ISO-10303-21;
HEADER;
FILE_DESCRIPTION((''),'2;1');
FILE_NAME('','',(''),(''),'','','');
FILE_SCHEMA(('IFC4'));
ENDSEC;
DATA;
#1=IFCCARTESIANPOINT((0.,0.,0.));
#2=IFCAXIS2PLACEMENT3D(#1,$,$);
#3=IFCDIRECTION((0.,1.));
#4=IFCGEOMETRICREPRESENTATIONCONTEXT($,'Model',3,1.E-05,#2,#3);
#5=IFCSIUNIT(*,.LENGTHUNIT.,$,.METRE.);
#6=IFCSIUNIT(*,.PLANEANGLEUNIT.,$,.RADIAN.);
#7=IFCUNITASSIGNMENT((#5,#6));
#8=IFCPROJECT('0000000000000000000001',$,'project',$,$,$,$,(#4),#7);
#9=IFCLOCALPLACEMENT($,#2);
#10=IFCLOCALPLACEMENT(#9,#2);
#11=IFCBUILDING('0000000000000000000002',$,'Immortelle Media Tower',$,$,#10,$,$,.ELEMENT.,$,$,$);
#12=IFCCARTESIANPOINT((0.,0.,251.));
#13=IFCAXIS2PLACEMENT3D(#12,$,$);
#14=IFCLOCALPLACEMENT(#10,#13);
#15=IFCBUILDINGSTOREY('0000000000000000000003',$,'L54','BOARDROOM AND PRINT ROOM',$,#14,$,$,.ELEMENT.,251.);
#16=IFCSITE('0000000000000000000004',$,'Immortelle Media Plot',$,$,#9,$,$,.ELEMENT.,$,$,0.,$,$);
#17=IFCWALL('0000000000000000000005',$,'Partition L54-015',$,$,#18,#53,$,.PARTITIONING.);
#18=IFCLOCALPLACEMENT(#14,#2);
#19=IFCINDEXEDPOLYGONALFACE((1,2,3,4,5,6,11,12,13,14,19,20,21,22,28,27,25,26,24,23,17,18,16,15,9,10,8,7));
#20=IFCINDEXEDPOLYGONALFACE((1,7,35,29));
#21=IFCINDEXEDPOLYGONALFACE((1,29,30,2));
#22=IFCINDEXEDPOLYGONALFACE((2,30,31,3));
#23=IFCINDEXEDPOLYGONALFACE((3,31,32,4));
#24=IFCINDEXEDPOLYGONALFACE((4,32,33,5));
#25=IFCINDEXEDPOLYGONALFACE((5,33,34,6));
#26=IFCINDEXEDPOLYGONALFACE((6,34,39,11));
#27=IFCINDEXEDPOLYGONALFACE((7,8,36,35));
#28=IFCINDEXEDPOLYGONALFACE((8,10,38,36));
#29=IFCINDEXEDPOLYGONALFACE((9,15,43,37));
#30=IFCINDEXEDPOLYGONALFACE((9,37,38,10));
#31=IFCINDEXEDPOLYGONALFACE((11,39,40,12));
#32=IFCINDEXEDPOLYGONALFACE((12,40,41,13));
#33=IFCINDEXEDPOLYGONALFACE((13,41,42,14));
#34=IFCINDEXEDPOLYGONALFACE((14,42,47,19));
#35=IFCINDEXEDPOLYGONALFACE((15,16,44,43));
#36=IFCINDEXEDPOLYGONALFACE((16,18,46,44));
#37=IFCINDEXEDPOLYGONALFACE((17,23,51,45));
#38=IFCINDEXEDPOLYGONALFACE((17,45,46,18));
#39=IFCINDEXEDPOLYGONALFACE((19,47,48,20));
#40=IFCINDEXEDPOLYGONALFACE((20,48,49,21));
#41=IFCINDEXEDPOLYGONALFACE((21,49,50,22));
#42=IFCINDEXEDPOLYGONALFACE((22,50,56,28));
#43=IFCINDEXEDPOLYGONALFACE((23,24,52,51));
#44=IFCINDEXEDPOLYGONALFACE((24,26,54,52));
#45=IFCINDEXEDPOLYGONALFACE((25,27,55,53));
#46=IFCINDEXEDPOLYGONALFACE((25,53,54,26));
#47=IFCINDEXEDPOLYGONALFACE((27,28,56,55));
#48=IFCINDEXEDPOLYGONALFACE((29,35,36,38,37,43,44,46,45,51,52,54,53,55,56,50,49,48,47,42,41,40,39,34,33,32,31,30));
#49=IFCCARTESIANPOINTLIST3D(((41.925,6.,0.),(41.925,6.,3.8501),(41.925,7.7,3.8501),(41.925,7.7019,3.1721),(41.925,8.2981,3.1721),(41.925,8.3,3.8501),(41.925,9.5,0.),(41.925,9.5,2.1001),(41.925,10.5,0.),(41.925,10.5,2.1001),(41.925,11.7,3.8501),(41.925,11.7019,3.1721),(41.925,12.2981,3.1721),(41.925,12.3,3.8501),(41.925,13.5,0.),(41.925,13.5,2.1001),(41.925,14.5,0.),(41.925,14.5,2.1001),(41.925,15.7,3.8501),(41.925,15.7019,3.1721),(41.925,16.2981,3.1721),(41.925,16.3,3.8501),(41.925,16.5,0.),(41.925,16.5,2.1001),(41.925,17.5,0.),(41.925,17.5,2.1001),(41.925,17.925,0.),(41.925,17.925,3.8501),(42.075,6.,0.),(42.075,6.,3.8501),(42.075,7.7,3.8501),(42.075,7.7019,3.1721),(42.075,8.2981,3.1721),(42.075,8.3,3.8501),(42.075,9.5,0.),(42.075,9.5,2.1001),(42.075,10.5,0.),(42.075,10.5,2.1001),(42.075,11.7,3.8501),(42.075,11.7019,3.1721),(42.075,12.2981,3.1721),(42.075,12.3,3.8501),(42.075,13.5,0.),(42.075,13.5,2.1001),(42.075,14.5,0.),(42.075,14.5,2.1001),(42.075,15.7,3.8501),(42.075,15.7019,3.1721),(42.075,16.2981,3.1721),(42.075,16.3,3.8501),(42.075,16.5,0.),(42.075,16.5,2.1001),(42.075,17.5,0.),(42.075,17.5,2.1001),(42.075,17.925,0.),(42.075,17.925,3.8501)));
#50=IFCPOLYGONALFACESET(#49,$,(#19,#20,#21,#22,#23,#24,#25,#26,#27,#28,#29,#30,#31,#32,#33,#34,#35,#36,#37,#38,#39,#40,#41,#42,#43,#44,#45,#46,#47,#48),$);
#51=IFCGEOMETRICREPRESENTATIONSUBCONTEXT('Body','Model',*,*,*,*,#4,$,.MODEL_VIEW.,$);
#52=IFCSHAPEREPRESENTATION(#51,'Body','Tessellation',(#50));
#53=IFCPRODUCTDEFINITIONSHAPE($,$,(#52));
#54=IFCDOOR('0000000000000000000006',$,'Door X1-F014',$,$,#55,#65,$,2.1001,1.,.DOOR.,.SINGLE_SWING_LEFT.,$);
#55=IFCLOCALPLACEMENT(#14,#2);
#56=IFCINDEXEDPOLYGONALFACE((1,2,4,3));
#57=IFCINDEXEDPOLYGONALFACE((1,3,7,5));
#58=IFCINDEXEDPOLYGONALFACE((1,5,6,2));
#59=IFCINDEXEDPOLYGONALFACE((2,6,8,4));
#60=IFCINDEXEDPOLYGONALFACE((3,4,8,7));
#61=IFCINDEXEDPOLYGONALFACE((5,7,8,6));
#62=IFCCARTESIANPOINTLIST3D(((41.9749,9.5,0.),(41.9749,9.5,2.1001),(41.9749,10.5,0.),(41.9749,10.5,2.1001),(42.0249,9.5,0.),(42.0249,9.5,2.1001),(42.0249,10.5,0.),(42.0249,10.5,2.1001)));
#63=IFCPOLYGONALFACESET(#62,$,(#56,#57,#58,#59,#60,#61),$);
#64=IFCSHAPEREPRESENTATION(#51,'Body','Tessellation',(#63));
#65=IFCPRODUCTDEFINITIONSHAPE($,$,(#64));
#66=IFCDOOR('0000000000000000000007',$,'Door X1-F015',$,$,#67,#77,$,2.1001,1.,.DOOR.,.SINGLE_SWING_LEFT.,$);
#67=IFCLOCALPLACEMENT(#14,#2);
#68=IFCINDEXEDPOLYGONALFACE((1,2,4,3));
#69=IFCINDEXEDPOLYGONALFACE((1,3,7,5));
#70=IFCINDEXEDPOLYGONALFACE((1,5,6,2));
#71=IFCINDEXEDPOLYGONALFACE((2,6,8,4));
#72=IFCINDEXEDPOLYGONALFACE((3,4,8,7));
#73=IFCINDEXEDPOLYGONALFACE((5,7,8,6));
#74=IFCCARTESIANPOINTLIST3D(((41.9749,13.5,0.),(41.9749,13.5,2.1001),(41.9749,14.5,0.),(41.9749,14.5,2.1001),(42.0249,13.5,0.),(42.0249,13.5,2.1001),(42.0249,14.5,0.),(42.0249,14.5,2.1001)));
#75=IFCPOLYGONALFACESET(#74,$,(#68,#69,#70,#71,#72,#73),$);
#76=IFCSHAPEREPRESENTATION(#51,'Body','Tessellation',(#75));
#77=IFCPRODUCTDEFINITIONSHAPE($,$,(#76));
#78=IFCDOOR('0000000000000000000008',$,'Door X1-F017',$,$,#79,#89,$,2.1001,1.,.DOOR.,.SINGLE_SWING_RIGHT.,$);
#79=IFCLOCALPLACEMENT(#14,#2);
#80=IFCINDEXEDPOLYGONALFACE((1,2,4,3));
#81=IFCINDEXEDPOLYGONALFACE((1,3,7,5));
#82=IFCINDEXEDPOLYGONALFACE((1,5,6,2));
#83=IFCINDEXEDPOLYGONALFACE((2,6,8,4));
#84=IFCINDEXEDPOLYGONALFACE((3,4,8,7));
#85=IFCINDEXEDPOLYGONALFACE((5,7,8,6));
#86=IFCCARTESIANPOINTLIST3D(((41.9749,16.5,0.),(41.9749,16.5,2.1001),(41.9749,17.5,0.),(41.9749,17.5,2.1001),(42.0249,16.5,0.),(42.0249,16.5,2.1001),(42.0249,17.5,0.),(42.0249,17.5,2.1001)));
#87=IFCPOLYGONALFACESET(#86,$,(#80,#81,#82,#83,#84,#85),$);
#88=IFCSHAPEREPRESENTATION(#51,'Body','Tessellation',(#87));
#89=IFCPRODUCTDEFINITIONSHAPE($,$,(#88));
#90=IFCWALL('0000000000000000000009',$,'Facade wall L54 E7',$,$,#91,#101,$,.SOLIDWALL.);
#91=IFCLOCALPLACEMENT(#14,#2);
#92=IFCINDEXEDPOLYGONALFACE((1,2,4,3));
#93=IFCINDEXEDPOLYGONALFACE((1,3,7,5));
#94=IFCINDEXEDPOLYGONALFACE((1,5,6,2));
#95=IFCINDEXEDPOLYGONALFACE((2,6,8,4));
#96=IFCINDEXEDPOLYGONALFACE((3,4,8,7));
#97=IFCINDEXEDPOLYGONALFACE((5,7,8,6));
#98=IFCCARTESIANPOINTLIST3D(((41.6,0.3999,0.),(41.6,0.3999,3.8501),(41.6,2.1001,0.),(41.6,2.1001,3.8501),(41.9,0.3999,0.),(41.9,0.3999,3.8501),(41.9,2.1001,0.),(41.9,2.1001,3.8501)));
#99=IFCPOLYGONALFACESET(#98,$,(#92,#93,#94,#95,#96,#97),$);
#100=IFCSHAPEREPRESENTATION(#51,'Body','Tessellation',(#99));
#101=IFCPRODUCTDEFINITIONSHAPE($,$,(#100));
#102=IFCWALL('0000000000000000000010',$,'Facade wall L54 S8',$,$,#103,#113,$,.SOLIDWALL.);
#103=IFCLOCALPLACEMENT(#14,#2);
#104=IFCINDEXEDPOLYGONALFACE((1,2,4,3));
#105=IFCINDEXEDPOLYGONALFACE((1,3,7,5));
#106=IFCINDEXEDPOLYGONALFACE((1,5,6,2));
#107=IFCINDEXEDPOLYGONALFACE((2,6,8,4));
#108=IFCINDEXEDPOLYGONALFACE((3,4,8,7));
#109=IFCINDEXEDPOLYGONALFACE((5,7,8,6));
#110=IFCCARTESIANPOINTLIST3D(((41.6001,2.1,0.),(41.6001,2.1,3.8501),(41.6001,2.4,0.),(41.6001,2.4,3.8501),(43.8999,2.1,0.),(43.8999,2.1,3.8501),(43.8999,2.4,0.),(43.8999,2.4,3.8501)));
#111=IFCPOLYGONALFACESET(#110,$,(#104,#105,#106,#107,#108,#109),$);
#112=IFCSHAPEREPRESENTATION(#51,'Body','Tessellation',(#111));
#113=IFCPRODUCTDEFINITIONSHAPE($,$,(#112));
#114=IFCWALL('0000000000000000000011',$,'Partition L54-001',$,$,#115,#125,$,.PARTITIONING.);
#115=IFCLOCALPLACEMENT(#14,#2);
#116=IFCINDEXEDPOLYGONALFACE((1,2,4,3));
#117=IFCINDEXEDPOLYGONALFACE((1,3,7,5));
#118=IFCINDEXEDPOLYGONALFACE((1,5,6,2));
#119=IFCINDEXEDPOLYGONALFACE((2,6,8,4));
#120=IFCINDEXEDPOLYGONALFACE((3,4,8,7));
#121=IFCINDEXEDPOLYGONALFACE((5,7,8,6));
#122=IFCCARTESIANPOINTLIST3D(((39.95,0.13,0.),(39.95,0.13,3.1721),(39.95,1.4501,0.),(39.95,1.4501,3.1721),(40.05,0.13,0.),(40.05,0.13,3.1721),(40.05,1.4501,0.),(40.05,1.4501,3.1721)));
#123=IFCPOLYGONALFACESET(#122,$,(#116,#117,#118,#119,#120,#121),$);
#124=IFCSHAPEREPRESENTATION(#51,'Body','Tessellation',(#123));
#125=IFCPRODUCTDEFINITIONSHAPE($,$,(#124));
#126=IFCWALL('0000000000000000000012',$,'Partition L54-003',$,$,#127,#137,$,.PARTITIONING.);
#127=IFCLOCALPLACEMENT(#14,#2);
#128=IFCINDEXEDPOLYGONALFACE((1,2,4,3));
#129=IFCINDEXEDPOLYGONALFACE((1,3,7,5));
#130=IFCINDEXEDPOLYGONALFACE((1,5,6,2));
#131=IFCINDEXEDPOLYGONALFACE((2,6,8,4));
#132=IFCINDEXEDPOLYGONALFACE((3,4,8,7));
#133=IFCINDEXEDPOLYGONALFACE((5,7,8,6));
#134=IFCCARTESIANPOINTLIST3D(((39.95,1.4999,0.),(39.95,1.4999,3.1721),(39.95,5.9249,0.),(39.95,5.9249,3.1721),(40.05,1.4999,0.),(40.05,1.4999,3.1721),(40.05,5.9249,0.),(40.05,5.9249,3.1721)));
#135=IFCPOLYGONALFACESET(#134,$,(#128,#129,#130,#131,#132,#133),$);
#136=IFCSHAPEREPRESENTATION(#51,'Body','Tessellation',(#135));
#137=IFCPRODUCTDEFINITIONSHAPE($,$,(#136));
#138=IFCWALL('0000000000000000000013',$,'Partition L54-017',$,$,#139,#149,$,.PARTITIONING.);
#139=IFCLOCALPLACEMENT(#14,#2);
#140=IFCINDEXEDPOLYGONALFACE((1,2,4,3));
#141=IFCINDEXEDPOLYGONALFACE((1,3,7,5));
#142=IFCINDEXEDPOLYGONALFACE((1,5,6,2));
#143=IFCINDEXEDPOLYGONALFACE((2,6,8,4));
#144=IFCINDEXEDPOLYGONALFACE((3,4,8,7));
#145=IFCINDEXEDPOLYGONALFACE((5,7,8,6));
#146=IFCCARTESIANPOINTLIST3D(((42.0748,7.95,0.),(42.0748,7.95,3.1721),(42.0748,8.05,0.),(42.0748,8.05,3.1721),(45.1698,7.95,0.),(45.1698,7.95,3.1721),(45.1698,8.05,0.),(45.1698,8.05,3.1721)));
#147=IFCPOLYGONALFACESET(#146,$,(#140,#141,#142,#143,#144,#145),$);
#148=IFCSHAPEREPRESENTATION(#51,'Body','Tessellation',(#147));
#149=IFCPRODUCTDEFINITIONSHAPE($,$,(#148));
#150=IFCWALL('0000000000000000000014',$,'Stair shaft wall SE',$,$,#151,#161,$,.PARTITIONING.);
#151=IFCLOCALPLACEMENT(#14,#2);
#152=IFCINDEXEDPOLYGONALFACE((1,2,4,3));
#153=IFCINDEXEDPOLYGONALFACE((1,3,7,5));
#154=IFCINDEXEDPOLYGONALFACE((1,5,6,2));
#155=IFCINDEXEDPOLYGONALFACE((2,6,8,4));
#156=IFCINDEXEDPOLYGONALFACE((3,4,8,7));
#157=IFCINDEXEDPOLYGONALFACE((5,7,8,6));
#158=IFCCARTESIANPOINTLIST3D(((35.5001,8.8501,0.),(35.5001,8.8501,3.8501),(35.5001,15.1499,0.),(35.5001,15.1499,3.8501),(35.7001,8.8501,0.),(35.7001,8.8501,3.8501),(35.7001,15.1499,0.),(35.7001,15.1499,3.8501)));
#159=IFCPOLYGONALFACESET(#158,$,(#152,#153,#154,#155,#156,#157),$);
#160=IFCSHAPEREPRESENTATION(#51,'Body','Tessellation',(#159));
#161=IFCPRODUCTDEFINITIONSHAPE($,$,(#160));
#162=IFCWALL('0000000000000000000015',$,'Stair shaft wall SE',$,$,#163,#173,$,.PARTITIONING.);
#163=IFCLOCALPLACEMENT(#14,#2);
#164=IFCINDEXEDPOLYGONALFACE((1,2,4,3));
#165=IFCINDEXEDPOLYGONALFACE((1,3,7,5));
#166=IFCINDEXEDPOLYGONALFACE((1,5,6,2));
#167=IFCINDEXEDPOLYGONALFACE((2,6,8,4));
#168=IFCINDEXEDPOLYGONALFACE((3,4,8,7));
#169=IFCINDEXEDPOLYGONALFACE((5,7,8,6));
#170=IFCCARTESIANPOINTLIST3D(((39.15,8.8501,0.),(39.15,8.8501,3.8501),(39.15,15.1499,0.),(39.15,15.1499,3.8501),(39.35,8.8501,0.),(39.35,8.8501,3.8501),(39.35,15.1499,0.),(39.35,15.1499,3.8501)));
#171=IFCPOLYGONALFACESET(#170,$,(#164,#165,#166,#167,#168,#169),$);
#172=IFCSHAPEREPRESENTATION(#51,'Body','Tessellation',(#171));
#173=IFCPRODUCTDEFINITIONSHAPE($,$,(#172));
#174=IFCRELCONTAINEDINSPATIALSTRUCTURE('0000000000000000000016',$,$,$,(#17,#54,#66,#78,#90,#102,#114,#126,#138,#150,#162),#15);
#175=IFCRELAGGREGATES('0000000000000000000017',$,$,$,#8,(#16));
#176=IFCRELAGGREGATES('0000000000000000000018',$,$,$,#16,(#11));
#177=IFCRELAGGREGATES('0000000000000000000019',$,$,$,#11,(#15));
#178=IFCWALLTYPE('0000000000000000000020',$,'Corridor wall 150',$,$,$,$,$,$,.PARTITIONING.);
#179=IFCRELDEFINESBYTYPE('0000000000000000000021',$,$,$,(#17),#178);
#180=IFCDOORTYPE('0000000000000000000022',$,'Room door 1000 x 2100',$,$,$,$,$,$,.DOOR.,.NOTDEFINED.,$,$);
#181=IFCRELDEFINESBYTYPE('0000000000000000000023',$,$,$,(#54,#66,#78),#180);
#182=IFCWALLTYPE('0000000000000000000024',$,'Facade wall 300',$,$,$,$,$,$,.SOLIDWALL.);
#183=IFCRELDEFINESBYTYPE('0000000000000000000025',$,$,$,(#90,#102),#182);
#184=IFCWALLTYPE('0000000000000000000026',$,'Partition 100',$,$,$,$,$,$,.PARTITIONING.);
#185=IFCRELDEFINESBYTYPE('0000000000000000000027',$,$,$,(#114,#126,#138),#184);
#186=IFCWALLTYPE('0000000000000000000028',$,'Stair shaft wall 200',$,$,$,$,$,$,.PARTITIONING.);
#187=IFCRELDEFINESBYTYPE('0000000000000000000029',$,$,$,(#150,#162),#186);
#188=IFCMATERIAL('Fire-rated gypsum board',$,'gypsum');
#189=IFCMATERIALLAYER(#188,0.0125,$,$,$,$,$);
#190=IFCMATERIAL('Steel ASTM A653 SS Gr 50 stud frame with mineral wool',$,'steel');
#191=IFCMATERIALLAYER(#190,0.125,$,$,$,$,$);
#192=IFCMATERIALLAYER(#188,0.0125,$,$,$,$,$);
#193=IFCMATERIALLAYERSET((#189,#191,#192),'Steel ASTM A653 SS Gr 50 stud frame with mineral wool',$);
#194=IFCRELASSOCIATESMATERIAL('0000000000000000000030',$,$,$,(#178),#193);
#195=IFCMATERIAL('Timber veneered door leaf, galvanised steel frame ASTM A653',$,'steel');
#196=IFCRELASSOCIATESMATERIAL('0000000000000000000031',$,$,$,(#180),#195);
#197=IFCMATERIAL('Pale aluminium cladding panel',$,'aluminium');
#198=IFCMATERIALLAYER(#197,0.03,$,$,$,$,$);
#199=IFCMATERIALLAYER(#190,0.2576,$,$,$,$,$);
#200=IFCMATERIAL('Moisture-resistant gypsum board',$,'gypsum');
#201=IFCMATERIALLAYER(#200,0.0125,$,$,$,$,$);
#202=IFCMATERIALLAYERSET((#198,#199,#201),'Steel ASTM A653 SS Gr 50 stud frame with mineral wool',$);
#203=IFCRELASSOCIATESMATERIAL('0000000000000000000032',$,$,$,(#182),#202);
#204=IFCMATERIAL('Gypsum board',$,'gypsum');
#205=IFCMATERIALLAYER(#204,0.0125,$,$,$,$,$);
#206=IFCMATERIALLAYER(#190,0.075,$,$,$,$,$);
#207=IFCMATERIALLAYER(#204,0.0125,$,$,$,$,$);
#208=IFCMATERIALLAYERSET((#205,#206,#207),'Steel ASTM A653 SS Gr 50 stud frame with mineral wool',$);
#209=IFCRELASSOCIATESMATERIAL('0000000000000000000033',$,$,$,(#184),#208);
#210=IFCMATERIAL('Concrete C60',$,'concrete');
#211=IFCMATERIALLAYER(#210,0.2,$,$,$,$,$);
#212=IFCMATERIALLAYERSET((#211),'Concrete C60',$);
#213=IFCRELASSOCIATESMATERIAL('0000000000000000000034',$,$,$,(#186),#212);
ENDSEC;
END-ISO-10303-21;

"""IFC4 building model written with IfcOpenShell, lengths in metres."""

from ifc_helpers import new_model, si_unit, direction, frame, frame_2d, origin, place, context, subcontext, project, spatial, polyline, rectangle, outline, extrude, material, layer, layer_set, type_object, element, fill, save


model = new_model("IFC4")

# Units and contexts
model_context = context("Model", 3, precision=1e-05, world=origin(), true_north=direction((0.0, 1.0)))
body_context = subcontext(model_context, "Body", "Model", "MODEL_VIEW")
ifc_project = project(units=[si_unit("LENGTHUNIT", "METRE"), si_unit("PLANEANGLEUNIT", "RADIAN")], contexts=[model_context])

# Site, building, storey
site_placement = place(None, origin())
site = spatial("IfcSite", under=ifc_project, at=site_placement, Name="Immortelle Media Plot", CompositionType="ELEMENT", RefElevation=0.0)
building_placement = place(site_placement, origin())
building = spatial("IfcBuilding", under=site, at=building_placement, Name="Immortelle Media Tower", CompositionType="ELEMENT")
storey_placement = place(building_placement, frame((0.0, 0.0, 251.0)))
storey = spatial("IfcBuildingStorey", under=building, at=storey_placement, Name="L54", Description="BOARDROOM AND PRINT ROOM", CompositionType="ELEMENT", Elevation=251.0)

# Wall, openings, doors
ifc_material_1 = material(Name="Fire-rated gypsum board", Category="gypsum")
ifc_layer_1 = layer(ifc_material_1, 0.0125)
ifc_material_2 = material(Name="Steel ASTM A653 SS Gr 50 stud frame with mineral wool", Category="steel")
ifc_layer_2 = layer(ifc_material_2, 0.125)
ifc_layer_3 = layer(ifc_material_1, 0.0125)
ifc_layer_set_1 = layer_set([ifc_layer_1, ifc_layer_2, ifc_layer_3], Name="Steel ASTM A653 SS Gr 50 stud frame with mineral wool")
wall_type_1 = type_object("IfcWallType", Name="Corridor wall 150", PredefinedType="PARTITIONING", material=ifc_layer_set_1)
wall_1_placement = place(storey_placement, frame((42.0, 6.0, 0.0), z_axis=(0.0, 0.0, 1.0), x_axis=(0.0, 1.0, 0.0)))
wall_1 = element("IfcWall", 1, at=wall_1_placement, inside=storey, type_object=wall_type_1, Name="Partition L54-015", PredefinedType="PARTITIONING", context=body_context, shape_type="SweptSolid", body=[
    extrude(outline(polyline([(0.0, 0.0), (11.925, 0.0), (11.925, 3.8501), (10.3, 3.8501), (10.2981, 3.1721), (9.7019, 3.1721), (9.7, 3.8501), (6.3, 3.8501), (6.2981, 3.1721), (5.7019, 3.1721), (5.7, 3.8501), (2.3, 3.8501), (2.2981, 3.1721), (1.7019, 3.1721), (1.7, 3.8501), (0.0, 3.8501), (0.0, 0.0)])), frame((0.0, 0.075, 0.0), z_axis=(0.0, -1.0, 0.0), x_axis=(1.0, 0.0, 0.0)), (0.0, 0.0, 1.0), 0.1499),
])
opening_1_placement = place(wall_1_placement, frame((4.5, 0.0, 0.0), z_axis=(0.0, 0.0, 1.0), x_axis=(-1.0, 0.0, 0.0)))
opening_1 = element("IfcOpeningElement", 2, at=opening_1_placement, cuts=wall_1, PredefinedType="OPENING", context=body_context, shape_type="SweptSolid", body=[
    extrude(rectangle(XDim=1.0, YDim=2.1001, at=frame_2d((0.5, 1.05))), frame((0.0, 0.085, 0.0), z_axis=(0.0, -1.0, 0.0), x_axis=(1.0, 0.0, 0.0)), (0.0, 0.0, 1.0), 0.1699),
])
opening_2_placement = place(wall_1_placement, frame((8.5, 0.0, 0.0), z_axis=(0.0, 0.0, 1.0), x_axis=(-1.0, 0.0, 0.0)))
opening_2 = element("IfcOpeningElement", 3, at=opening_2_placement, cuts=wall_1, PredefinedType="OPENING", context=body_context, shape_type="SweptSolid", body=[
    extrude(rectangle(XDim=1.0, YDim=2.1001, at=frame_2d((0.5, 1.05))), frame((0.0, 0.085, 0.0), z_axis=(0.0, -1.0, 0.0), x_axis=(1.0, 0.0, 0.0)), (0.0, 0.0, 1.0), 0.1699),
])
opening_3_placement = place(wall_1_placement, frame((11.5, 0.0, 0.0), z_axis=(0.0, 0.0, 1.0), x_axis=(-1.0, 0.0, 0.0)))
opening_3 = element("IfcOpeningElement", 4, at=opening_3_placement, cuts=wall_1, PredefinedType="OPENING", context=body_context, shape_type="SweptSolid", body=[
    extrude(rectangle(XDim=1.0, YDim=2.1001, at=frame_2d((0.5, 1.05))), frame((0.0, 0.085, 0.0), z_axis=(0.0, -1.0, 0.0), x_axis=(1.0, 0.0, 0.0)), (0.0, 0.0, 1.0), 0.1699),
])
ifc_material_3 = material(Name="Timber veneered door leaf, galvanised steel frame ASTM A653", Category="steel")
door_type = type_object("IfcDoorType", Name="Room door 1000 x 2100", OperationType="NOTDEFINED", PredefinedType="DOOR", material=ifc_material_3)
door_1_placement = place(opening_1_placement, origin())
door_1 = element("IfcDoor", 5, at=door_1_placement, inside=storey, type_object=door_type, Name="Door X1-F014", OperationType="SINGLE_SWING_LEFT", OverallHeight=2.1001, OverallWidth=1.0, PredefinedType="DOOR", context=body_context, shape_type="SweptSolid", body=[
    extrude(rectangle(XDim=1.0, YDim=2.1001, at=frame_2d((0.5, 1.05))), frame((0.0, 0.0249, 0.0), z_axis=(0.0, -1.0, 0.0), x_axis=(1.0, 0.0, 0.0)), (0.0, 0.0, 1.0), 0.05),
])
fill(opening_1, door_1)
door_2_placement = place(opening_2_placement, origin())
door_2 = element("IfcDoor", 6, at=door_2_placement, inside=storey, type_object=door_type, Name="Door X1-F015", OperationType="SINGLE_SWING_LEFT", OverallHeight=2.1001, OverallWidth=1.0, PredefinedType="DOOR", context=body_context, shape_type="SweptSolid", body=[
    extrude(rectangle(XDim=1.0, YDim=2.1001, at=frame_2d((0.5, 1.05))), frame((0.0, 0.0249, 0.0), z_axis=(0.0, -1.0, 0.0), x_axis=(1.0, 0.0, 0.0)), (0.0, 0.0, 1.0), 0.05),
])
fill(opening_2, door_2)
door_3_placement = place(opening_3_placement, origin())
door_3 = element("IfcDoor", 7, at=door_3_placement, inside=storey, type_object=door_type, Name="Door X1-F017", OperationType="SINGLE_SWING_RIGHT", OverallHeight=2.1001, OverallWidth=1.0, PredefinedType="DOOR", context=body_context, shape_type="SweptSolid", body=[
    extrude(rectangle(XDim=1.0, YDim=2.1001, at=frame_2d((0.5, 1.05))), frame((0.0, 0.0249, 0.0), z_axis=(0.0, -1.0, 0.0), x_axis=(1.0, 0.0, 0.0)), (0.0, 0.0, 1.0), 0.05),
])
fill(opening_3, door_3)

# Walls
ifc_material_4 = material(Name="Pale aluminium cladding panel", Category="aluminium")
ifc_layer_4 = layer(ifc_material_4, 0.03)
ifc_layer_5 = layer(ifc_material_2, 0.2576)
ifc_material_5 = material(Name="Moisture-resistant gypsum board", Category="gypsum")
ifc_layer_6 = layer(ifc_material_5, 0.0125)
ifc_layer_set_2 = layer_set([ifc_layer_4, ifc_layer_5, ifc_layer_6], Name="Steel ASTM A653 SS Gr 50 stud frame with mineral wool")
wall_type_2 = type_object("IfcWallType", Name="Facade wall 300", PredefinedType="SOLIDWALL", material=ifc_layer_set_2)
wall_2_placement = place(storey_placement, frame((41.75, 0.3999, 0.0), z_axis=(0.0, 0.0, 1.0), x_axis=(0.0, 1.0, 0.0)))
element("IfcWall", 8, at=wall_2_placement, inside=storey, type_object=wall_type_2, Name="Facade wall L54 E7", PredefinedType="SOLIDWALL", context=body_context, shape_type="SweptSolid", body=[
    extrude(rectangle(XDim=1.7002, YDim=0.3, at=frame_2d((0.8501, 0.0))), origin(), (0.0, 0.0, 1.0), 3.8501),
])
wall_3_placement = place(storey_placement, frame((41.6001, 2.25, 0.0), z_axis=(0.0, 0.0, 1.0), x_axis=(1.0, 0.0, 0.0)))
element("IfcWall", 9, at=wall_3_placement, inside=storey, type_object=wall_type_2, Name="Facade wall L54 S8", PredefinedType="SOLIDWALL", context=body_context, shape_type="SweptSolid", body=[
    extrude(rectangle(XDim=2.2998, YDim=0.3, at=frame_2d((1.1499, 0.0))), origin(), (0.0, 0.0, 1.0), 3.8501),
])
ifc_material_6 = material(Name="Gypsum board", Category="gypsum")
ifc_layer_7 = layer(ifc_material_6, 0.0125)
ifc_layer_8 = layer(ifc_material_2, 0.075)
ifc_layer_9 = layer(ifc_material_6, 0.0125)
ifc_layer_set_3 = layer_set([ifc_layer_7, ifc_layer_8, ifc_layer_9], Name="Steel ASTM A653 SS Gr 50 stud frame with mineral wool")
wall_type_3 = type_object("IfcWallType", Name="Partition 100", PredefinedType="PARTITIONING", material=ifc_layer_set_3)
wall_4_placement = place(storey_placement, frame((40.0, 0.1299, 0.0), z_axis=(0.0, 0.0, 1.0), x_axis=(0.0, 1.0, 0.0)))
element("IfcWall", 10, at=wall_4_placement, inside=storey, type_object=wall_type_3, Name="Partition L54-001", PredefinedType="PARTITIONING", context=body_context, shape_type="SweptSolid", body=[
    extrude(rectangle(XDim=1.3201, YDim=0.1001, at=frame_2d((0.6602, 0.0))), origin(), (0.0, 0.0, 1.0), 3.1721),
])
wall_5_placement = place(storey_placement, frame((40.0, 1.5, 0.0), z_axis=(0.0, 0.0, 1.0), x_axis=(0.0, 1.0, 0.0)))
element("IfcWall", 11, at=wall_5_placement, inside=storey, type_object=wall_type_3, Name="Partition L54-003", PredefinedType="PARTITIONING", context=body_context, shape_type="SweptSolid", body=[
    extrude(rectangle(XDim=4.425, YDim=0.1001, at=frame_2d((2.2124, 0.0))), origin(), (0.0, 0.0, 1.0), 3.1721),
])
wall_6_placement = place(storey_placement, frame((42.075, 8.0, 0.0), z_axis=(0.0, 0.0, 1.0), x_axis=(1.0, 0.0, 0.0)))
element("IfcWall", 12, at=wall_6_placement, inside=storey, type_object=wall_type_3, Name="Partition L54-017", PredefinedType="PARTITIONING", context=body_context, shape_type="SweptSolid", body=[
    extrude(rectangle(XDim=3.095, YDim=0.1001, at=frame_2d((1.5474, 0.0))), origin(), (0.0, 0.0, 1.0), 3.1721),
])
ifc_material_7 = material(Name="Concrete C60", Category="concrete")
ifc_layer_10 = layer(ifc_material_7, 0.2)
ifc_layer_set_4 = layer_set([ifc_layer_10], Name="Concrete C60")
wall_type_4 = type_object("IfcWallType", Name="Stair shaft wall 200", PredefinedType="PARTITIONING", material=ifc_layer_set_4)
for number, where, z_axis, x_axis, name in (
    (13, (35.6001, 8.8501, 0.0), (0.0, 0.0, 1.0), (0.0, 1.0, 0.0), "Stair shaft wall SE"),
    (14, (39.25, 8.8501, 0.0), (0.0, 0.0, 1.0), (0.0, 1.0, 0.0), "Stair shaft wall SE"),
):
    element("IfcWall", number, at=place(storey_placement, frame(where, z_axis=z_axis, x_axis=x_axis)), inside=storey, type_object=wall_type_4, Name=name, PredefinedType="PARTITIONING", context=body_context, shape_type="SweptSolid", body=[
        extrude(rectangle(XDim=6.2998, YDim=0.2, at=frame_2d((3.1499, 0.0))), origin(), (0.0, 0.0, 1.0), 3.8501),
    ])

save(model, "model.ifc")
